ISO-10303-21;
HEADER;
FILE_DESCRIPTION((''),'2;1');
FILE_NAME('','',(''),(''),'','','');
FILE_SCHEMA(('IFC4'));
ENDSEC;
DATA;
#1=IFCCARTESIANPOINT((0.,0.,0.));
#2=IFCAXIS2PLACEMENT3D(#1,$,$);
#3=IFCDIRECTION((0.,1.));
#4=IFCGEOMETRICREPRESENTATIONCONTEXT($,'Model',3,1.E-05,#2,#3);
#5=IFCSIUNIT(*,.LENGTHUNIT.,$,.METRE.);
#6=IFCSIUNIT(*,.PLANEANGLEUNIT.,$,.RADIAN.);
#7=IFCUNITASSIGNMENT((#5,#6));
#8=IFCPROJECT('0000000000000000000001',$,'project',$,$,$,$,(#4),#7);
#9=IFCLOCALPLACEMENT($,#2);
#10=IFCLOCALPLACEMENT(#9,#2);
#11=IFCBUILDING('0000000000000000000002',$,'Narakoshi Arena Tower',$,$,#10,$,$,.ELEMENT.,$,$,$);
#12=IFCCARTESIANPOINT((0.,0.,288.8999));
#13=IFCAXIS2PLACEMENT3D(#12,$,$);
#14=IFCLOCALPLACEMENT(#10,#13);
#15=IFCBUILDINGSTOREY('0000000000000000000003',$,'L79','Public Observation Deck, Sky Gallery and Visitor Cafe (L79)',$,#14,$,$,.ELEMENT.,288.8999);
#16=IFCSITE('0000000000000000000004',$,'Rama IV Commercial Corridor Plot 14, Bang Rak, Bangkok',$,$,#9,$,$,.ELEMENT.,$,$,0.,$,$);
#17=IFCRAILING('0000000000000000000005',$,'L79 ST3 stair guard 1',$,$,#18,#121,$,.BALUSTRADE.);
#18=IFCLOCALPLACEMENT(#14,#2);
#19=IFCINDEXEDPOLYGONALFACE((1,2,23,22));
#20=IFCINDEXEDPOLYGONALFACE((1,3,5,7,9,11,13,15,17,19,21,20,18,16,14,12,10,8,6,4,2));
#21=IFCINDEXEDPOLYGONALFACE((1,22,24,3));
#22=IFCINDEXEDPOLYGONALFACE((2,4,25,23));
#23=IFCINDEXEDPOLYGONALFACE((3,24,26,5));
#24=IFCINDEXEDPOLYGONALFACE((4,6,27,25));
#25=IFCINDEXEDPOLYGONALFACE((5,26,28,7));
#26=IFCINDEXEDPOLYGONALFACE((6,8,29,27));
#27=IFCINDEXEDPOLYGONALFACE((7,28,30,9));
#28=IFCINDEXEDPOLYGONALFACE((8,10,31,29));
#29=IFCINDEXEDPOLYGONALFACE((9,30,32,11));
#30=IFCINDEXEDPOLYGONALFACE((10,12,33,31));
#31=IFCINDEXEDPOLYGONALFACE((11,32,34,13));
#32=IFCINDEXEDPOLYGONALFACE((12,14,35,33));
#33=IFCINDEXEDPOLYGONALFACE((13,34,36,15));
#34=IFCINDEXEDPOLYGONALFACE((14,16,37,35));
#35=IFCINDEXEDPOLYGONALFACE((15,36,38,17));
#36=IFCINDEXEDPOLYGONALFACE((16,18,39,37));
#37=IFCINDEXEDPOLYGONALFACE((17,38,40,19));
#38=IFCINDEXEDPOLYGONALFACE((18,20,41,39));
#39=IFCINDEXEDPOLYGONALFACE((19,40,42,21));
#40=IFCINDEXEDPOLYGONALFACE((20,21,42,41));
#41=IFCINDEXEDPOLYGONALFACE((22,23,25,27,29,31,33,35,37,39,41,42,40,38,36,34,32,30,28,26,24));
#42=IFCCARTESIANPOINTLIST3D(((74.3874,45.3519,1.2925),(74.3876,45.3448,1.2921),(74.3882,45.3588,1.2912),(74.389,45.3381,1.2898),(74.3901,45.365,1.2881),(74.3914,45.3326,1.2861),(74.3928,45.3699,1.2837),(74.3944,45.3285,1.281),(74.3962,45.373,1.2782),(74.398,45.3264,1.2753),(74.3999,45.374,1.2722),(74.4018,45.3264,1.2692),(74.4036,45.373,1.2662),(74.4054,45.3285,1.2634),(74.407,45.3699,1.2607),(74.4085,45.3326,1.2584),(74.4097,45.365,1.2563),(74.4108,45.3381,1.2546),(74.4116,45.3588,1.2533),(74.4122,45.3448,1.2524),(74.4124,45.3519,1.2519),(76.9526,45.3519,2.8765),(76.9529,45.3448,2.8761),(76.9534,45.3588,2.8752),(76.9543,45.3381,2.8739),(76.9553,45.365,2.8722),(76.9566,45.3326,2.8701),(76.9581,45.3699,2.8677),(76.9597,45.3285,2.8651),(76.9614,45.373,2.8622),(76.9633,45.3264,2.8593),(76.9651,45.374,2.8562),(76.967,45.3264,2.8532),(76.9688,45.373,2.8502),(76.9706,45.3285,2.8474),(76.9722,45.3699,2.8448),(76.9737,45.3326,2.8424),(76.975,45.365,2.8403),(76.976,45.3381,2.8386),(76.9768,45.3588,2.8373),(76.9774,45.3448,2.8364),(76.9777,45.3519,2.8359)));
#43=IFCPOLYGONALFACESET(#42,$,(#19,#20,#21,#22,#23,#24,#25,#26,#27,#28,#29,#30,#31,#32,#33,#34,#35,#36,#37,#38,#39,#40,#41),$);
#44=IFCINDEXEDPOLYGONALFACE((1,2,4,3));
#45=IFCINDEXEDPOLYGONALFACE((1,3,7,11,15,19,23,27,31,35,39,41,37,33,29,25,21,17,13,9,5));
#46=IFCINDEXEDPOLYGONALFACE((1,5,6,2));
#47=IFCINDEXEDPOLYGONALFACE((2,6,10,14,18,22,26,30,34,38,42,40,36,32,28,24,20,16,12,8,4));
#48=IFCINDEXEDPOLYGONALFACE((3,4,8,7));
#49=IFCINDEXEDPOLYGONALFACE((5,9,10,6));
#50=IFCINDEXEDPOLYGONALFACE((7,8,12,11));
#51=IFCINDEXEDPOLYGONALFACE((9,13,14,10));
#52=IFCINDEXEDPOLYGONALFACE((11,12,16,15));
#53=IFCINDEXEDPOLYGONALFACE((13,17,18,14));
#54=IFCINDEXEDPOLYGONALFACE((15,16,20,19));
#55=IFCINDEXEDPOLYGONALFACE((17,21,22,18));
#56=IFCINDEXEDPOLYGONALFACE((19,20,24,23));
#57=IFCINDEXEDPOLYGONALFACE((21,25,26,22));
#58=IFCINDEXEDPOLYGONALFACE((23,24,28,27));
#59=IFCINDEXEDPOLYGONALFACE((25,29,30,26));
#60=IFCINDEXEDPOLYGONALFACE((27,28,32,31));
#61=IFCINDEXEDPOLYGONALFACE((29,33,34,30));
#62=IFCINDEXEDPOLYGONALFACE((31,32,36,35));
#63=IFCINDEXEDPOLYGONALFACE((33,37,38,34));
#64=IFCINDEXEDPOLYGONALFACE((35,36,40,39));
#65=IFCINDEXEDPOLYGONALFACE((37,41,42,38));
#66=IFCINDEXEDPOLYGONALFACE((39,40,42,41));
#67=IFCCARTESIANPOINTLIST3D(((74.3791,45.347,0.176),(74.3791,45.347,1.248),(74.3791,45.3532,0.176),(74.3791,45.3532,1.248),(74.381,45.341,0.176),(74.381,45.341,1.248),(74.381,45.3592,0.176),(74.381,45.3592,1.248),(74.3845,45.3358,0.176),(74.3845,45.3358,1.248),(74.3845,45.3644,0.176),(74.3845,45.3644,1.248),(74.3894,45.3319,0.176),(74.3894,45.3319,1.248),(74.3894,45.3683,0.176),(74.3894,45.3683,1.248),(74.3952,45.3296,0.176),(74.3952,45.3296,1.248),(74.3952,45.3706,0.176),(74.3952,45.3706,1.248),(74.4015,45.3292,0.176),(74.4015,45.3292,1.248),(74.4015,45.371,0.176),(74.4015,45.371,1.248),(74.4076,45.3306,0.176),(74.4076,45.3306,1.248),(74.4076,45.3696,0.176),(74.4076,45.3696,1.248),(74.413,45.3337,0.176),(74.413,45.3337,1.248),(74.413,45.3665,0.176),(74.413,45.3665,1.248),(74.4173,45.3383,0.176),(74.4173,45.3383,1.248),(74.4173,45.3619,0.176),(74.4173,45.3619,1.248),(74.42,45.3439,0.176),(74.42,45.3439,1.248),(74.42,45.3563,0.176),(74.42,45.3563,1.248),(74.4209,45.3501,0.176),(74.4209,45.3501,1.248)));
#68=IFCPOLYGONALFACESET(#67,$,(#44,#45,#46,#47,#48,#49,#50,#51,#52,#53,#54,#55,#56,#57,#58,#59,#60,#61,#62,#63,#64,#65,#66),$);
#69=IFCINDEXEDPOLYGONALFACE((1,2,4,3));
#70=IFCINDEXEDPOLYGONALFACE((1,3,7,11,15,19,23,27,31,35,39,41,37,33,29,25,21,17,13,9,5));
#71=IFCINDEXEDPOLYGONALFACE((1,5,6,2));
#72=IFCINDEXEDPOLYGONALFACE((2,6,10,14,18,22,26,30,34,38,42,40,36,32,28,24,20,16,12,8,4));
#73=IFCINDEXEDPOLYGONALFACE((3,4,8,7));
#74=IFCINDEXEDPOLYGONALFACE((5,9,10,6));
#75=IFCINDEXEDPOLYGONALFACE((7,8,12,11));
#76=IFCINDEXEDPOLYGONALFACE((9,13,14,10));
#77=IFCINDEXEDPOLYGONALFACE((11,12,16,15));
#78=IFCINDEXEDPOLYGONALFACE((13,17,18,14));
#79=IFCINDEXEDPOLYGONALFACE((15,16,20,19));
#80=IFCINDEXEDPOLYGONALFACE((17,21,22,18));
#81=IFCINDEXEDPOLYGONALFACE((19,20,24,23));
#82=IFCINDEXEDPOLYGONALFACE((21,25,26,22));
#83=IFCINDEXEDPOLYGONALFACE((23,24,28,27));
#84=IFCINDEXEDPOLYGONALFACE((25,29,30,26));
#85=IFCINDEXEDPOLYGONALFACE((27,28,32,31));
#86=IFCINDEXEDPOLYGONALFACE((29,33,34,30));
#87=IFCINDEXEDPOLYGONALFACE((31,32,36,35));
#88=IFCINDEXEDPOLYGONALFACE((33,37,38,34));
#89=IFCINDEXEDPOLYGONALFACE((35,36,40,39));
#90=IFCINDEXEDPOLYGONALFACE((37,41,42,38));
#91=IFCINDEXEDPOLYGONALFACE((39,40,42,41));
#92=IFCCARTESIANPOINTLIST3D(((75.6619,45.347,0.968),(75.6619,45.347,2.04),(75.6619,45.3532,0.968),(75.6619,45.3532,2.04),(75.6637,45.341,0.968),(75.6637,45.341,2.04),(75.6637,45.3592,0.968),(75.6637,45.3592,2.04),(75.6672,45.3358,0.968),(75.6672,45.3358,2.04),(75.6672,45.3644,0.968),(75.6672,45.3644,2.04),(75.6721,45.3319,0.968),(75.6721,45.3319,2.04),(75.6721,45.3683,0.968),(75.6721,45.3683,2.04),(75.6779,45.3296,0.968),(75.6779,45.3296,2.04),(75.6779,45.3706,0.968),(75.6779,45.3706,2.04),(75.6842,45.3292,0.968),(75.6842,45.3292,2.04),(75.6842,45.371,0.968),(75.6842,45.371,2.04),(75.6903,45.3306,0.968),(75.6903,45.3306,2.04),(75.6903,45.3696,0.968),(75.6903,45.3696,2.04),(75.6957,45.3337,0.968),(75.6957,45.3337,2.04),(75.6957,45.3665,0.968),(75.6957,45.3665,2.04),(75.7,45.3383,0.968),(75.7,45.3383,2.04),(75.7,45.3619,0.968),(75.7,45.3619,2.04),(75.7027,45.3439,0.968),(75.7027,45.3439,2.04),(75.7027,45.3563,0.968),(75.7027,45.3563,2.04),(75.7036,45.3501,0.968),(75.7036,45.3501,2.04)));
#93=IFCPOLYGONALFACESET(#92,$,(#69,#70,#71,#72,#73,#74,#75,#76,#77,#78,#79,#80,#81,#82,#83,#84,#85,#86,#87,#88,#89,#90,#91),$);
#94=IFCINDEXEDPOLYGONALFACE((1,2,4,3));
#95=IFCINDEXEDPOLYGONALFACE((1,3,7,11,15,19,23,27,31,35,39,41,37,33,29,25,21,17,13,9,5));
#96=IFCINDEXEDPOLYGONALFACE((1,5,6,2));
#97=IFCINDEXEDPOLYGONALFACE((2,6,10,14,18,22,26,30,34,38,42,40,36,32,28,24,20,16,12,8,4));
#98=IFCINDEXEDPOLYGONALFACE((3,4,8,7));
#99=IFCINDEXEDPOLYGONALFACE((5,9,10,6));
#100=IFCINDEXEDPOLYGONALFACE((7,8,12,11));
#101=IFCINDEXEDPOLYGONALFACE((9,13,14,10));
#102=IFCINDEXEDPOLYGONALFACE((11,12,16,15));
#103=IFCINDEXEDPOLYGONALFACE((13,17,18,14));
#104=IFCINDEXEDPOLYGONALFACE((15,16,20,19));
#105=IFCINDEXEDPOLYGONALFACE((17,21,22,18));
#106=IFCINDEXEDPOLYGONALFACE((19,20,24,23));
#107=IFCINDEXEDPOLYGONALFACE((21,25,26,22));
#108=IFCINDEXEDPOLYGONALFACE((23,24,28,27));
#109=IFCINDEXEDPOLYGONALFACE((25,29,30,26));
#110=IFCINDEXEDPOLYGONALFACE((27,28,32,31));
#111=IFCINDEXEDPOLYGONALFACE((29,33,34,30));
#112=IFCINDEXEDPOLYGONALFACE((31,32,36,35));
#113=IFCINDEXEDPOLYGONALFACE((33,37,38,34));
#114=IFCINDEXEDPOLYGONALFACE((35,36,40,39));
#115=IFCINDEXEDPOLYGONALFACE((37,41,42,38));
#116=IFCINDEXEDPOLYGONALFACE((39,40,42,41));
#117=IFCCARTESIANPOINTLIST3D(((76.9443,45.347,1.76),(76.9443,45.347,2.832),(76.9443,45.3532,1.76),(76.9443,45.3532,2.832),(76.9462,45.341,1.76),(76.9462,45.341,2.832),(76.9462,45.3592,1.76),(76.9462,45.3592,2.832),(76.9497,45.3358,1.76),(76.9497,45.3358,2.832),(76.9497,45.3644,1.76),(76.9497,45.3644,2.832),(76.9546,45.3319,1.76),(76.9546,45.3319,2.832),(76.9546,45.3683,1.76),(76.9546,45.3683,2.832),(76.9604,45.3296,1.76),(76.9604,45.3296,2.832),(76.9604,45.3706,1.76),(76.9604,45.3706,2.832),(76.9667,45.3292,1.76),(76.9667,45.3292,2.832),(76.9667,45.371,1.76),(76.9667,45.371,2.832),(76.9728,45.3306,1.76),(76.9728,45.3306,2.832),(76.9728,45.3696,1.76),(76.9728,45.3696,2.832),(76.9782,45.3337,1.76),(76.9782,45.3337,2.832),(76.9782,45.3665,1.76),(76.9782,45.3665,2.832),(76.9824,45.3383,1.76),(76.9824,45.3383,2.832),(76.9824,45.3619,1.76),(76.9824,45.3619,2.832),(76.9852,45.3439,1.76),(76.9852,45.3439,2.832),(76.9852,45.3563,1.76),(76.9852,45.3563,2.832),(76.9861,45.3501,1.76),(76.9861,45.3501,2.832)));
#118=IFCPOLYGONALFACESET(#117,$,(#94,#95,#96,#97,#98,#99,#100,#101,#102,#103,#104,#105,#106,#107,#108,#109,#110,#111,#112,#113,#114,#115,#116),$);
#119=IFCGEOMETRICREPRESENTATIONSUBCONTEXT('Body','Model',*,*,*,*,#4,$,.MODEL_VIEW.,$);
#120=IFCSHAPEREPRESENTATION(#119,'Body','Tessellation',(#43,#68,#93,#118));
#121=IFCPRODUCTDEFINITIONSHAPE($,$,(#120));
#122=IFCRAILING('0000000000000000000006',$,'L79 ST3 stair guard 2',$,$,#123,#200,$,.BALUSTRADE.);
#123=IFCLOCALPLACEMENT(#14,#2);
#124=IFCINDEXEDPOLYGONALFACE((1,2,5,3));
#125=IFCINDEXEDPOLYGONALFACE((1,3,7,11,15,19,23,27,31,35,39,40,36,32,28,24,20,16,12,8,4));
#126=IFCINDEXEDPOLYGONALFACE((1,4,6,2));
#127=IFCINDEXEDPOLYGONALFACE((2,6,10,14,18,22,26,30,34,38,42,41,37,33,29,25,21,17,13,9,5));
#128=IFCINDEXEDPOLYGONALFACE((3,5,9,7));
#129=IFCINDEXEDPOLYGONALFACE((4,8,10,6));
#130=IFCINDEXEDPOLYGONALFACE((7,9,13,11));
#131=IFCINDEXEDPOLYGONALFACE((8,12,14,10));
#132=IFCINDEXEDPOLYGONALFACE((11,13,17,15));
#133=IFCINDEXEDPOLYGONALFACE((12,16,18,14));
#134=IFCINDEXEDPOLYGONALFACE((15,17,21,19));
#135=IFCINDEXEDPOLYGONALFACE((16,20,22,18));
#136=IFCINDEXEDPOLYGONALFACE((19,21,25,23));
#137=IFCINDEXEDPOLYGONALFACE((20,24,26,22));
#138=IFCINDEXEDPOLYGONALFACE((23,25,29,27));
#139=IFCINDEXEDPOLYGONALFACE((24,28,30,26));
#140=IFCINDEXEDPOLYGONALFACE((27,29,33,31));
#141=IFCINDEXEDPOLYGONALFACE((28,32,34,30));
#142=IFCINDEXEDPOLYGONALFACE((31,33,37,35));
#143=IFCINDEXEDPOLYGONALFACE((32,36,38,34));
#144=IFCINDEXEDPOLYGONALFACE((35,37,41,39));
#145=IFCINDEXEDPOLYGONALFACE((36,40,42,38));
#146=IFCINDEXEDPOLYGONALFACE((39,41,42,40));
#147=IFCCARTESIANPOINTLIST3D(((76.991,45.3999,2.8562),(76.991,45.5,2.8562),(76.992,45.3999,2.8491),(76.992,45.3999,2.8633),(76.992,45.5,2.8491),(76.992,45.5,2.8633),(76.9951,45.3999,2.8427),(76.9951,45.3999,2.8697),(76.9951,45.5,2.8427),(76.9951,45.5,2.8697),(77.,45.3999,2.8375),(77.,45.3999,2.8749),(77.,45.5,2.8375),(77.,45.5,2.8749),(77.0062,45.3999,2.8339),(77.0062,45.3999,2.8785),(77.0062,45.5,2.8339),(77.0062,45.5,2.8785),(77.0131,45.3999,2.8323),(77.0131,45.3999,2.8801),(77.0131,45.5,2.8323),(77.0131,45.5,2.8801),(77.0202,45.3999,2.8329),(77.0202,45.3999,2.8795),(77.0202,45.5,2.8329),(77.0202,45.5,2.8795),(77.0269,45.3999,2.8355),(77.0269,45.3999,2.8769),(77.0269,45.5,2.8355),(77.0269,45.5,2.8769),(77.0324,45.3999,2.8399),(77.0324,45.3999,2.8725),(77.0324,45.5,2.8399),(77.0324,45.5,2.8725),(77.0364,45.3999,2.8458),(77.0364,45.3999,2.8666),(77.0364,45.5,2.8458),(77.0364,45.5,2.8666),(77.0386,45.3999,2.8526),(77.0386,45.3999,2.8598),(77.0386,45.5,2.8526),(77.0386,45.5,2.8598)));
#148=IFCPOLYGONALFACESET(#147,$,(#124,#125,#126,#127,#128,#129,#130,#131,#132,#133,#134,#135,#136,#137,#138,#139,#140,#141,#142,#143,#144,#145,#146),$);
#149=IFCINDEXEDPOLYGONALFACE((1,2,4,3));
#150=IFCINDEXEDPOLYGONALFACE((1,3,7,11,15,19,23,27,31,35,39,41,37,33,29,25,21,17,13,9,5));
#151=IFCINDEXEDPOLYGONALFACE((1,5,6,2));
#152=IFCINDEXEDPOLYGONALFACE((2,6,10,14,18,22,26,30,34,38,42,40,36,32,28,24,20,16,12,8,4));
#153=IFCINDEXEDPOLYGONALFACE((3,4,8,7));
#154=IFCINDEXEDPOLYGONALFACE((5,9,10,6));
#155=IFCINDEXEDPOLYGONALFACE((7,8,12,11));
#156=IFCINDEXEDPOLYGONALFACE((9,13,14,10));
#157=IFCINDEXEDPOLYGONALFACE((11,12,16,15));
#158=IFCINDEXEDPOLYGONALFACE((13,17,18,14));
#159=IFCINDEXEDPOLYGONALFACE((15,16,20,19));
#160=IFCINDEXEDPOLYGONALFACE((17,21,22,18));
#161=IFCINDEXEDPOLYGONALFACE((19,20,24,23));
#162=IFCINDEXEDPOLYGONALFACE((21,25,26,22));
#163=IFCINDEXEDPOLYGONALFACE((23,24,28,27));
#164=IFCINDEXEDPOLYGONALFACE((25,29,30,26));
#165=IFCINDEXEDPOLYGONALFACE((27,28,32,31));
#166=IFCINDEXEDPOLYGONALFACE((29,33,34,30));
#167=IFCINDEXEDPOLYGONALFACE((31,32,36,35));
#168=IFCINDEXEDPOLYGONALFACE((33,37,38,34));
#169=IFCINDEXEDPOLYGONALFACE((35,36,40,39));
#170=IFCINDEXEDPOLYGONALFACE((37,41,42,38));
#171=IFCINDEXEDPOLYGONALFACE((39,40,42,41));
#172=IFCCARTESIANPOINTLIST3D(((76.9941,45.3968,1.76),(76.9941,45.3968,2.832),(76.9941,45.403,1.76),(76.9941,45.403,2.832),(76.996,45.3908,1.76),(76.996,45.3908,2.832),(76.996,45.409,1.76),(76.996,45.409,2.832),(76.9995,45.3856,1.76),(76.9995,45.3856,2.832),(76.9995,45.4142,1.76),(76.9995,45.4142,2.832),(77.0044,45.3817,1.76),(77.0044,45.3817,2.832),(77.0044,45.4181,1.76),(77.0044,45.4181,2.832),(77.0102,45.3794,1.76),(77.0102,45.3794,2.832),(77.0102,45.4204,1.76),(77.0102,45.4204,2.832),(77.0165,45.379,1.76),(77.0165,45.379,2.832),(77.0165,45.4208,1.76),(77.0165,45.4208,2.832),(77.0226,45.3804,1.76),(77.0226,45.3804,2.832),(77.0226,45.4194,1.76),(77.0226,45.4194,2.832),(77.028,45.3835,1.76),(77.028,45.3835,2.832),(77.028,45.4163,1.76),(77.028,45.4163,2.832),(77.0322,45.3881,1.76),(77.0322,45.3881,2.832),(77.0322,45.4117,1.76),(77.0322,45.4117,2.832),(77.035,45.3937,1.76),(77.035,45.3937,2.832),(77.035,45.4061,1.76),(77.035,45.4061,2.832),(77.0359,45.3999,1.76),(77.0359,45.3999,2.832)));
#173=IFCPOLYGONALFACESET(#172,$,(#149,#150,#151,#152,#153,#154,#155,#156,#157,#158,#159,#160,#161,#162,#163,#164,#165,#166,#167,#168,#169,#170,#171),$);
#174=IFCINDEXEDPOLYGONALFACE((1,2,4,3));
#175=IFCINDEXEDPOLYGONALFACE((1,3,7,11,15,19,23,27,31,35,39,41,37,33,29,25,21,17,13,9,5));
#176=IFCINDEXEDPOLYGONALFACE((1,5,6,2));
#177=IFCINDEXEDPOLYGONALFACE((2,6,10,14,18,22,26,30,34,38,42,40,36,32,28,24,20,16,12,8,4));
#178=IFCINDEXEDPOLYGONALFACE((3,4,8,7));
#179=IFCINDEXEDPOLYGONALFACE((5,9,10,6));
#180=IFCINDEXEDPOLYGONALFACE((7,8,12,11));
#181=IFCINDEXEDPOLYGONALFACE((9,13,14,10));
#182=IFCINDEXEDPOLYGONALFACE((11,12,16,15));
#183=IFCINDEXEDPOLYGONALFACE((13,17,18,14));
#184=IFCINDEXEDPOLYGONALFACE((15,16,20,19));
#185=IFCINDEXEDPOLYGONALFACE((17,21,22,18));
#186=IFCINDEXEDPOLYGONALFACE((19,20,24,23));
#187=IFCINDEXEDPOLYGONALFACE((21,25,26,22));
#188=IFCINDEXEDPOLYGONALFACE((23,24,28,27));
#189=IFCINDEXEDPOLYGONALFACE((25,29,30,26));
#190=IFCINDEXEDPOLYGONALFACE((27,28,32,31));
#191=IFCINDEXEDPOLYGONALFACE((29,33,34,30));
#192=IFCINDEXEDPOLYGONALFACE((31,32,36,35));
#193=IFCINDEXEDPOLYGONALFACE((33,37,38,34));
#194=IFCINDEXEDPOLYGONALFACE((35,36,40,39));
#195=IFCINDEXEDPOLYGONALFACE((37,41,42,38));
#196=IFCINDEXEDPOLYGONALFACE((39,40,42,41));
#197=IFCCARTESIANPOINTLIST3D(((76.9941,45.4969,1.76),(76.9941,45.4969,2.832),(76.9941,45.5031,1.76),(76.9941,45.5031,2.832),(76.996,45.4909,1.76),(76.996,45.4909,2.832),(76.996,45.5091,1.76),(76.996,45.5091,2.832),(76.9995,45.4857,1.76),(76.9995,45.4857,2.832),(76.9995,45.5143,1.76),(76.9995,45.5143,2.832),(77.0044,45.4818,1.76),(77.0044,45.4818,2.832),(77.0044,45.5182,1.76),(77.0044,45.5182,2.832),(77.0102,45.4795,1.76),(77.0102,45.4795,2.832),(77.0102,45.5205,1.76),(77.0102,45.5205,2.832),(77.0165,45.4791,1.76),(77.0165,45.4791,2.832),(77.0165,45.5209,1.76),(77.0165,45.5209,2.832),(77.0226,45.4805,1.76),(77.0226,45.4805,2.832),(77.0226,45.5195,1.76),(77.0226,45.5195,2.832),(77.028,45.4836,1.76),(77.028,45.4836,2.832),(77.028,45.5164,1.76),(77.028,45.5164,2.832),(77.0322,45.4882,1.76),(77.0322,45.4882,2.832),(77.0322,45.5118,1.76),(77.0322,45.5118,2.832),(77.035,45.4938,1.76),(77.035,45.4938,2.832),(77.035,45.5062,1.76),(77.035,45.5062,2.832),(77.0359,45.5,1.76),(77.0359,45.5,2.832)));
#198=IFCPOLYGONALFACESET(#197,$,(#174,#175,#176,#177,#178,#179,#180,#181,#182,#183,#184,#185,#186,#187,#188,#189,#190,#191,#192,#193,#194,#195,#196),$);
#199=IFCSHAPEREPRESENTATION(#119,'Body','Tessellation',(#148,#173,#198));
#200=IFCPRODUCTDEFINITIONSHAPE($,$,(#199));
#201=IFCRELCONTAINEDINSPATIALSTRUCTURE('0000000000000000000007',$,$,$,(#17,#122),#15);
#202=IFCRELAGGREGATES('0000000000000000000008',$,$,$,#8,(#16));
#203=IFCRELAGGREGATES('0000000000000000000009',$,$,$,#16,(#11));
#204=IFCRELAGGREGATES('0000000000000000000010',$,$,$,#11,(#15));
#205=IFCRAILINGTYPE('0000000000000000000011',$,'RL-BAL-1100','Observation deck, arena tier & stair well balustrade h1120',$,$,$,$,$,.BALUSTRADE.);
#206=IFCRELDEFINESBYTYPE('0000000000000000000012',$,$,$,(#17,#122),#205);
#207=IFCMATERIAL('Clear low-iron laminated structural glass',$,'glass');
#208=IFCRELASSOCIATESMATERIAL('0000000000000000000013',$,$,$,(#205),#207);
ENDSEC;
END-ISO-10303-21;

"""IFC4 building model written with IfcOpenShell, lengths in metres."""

from ifc_helpers import new_model, si_unit, direction, frame, origin, origin_2d, place, context, subcontext, project, spatial, circle, extrude, material, type_object, element, save


model = new_model("IFC4")

# Units and contexts
model_context = context("Model", 3, precision=1e-05, world=origin(), true_north=direction((0.0, 1.0)))
body_context = subcontext(model_context, "Body", "Model", "MODEL_VIEW")
ifc_project = project(units=[si_unit("LENGTHUNIT", "METRE"), si_unit("PLANEANGLEUNIT", "RADIAN")], contexts=[model_context])

# Site, building, storey
site_placement = place(None, origin())
site = spatial("IfcSite", under=ifc_project, at=site_placement, Name="Rama IV Commercial Corridor Plot 14, Bang Rak, Bangkok", CompositionType="ELEMENT", RefElevation=0.0)
building_placement = place(site_placement, origin())
building = spatial("IfcBuilding", under=site, at=building_placement, Name="Narakoshi Arena Tower", CompositionType="ELEMENT")
storey_placement = place(building_placement, frame((0.0, 0.0, 288.8999)))
storey = spatial("IfcBuildingStorey", under=building, at=storey_placement, Name="L79", Description="Public Observation Deck, Sky Gallery and Visitor Cafe (L79)", CompositionType="ELEMENT", Elevation=288.8999)

# Railings
ifc_material_1 = material(Name="Clear low-iron laminated structural glass", Category="glass")
railing_type_1 = type_object("IfcRailingType", Name="RL-BAL-1100", Description="Observation deck, arena tier & stair well balustrade h1120", PredefinedType="BALUSTRADE", material=ifc_material_1)
railing_1_placement = place(storey_placement, frame((74.3999, 45.3501, 0.176)))
element("IfcRailing", 1, at=railing_1_placement, inside=storey, type_object=railing_type_1, Name="L79 ST3 stair guard 1", PredefinedType="BALUSTRADE", context=body_context, shape_type="SweptSolid", body=[
    extrude(circle(Radius=0.0239, at=origin_2d()), frame((0.0, 0.0, 1.0962), z_axis=(0.850857, 0.0, 0.525398), x_axis=(0.0, 1.0, 0.0)), (0.0, 0.0, 1.0), 3.0149),
    extrude(circle(Radius=0.021, at=origin_2d()), origin(), (0.0, 0.0, 1.0), 1.072),
    extrude(circle(Radius=0.021, at=origin_2d()), frame((1.2827, 0.0, 0.792)), (0.0, 0.0, 1.0), 1.072),
    extrude(circle(Radius=0.021, at=origin_2d()), frame((2.5652, 0.0, 1.584)), (0.0, 0.0, 1.0), 1.072),
])
railing_2_placement = place(storey_placement, frame((77.0149, 45.3999, 1.76)))
element("IfcRailing", 2, at=railing_2_placement, inside=storey, type_object=railing_type_1, Name="L79 ST3 stair guard 2", PredefinedType="BALUSTRADE", context=body_context, shape_type="SweptSolid", body=[
    extrude(circle(Radius=0.0239, at=origin_2d()), frame((0.0, 0.0, 1.0962), z_axis=(0.0, 1.0, 0.0), x_axis=(-1.0, 0.0, 0.0)), (0.0, 0.0, 1.0), 0.1001),
    extrude(circle(Radius=0.021, at=origin_2d()), origin(), (0.0, 0.0, 1.0), 1.072),
    extrude(circle(Radius=0.021, at=origin_2d()), frame((0.0, 0.1001, 0.0)), (0.0, 0.0, 1.0), 1.072),
])

save(model, "model.ifc")
